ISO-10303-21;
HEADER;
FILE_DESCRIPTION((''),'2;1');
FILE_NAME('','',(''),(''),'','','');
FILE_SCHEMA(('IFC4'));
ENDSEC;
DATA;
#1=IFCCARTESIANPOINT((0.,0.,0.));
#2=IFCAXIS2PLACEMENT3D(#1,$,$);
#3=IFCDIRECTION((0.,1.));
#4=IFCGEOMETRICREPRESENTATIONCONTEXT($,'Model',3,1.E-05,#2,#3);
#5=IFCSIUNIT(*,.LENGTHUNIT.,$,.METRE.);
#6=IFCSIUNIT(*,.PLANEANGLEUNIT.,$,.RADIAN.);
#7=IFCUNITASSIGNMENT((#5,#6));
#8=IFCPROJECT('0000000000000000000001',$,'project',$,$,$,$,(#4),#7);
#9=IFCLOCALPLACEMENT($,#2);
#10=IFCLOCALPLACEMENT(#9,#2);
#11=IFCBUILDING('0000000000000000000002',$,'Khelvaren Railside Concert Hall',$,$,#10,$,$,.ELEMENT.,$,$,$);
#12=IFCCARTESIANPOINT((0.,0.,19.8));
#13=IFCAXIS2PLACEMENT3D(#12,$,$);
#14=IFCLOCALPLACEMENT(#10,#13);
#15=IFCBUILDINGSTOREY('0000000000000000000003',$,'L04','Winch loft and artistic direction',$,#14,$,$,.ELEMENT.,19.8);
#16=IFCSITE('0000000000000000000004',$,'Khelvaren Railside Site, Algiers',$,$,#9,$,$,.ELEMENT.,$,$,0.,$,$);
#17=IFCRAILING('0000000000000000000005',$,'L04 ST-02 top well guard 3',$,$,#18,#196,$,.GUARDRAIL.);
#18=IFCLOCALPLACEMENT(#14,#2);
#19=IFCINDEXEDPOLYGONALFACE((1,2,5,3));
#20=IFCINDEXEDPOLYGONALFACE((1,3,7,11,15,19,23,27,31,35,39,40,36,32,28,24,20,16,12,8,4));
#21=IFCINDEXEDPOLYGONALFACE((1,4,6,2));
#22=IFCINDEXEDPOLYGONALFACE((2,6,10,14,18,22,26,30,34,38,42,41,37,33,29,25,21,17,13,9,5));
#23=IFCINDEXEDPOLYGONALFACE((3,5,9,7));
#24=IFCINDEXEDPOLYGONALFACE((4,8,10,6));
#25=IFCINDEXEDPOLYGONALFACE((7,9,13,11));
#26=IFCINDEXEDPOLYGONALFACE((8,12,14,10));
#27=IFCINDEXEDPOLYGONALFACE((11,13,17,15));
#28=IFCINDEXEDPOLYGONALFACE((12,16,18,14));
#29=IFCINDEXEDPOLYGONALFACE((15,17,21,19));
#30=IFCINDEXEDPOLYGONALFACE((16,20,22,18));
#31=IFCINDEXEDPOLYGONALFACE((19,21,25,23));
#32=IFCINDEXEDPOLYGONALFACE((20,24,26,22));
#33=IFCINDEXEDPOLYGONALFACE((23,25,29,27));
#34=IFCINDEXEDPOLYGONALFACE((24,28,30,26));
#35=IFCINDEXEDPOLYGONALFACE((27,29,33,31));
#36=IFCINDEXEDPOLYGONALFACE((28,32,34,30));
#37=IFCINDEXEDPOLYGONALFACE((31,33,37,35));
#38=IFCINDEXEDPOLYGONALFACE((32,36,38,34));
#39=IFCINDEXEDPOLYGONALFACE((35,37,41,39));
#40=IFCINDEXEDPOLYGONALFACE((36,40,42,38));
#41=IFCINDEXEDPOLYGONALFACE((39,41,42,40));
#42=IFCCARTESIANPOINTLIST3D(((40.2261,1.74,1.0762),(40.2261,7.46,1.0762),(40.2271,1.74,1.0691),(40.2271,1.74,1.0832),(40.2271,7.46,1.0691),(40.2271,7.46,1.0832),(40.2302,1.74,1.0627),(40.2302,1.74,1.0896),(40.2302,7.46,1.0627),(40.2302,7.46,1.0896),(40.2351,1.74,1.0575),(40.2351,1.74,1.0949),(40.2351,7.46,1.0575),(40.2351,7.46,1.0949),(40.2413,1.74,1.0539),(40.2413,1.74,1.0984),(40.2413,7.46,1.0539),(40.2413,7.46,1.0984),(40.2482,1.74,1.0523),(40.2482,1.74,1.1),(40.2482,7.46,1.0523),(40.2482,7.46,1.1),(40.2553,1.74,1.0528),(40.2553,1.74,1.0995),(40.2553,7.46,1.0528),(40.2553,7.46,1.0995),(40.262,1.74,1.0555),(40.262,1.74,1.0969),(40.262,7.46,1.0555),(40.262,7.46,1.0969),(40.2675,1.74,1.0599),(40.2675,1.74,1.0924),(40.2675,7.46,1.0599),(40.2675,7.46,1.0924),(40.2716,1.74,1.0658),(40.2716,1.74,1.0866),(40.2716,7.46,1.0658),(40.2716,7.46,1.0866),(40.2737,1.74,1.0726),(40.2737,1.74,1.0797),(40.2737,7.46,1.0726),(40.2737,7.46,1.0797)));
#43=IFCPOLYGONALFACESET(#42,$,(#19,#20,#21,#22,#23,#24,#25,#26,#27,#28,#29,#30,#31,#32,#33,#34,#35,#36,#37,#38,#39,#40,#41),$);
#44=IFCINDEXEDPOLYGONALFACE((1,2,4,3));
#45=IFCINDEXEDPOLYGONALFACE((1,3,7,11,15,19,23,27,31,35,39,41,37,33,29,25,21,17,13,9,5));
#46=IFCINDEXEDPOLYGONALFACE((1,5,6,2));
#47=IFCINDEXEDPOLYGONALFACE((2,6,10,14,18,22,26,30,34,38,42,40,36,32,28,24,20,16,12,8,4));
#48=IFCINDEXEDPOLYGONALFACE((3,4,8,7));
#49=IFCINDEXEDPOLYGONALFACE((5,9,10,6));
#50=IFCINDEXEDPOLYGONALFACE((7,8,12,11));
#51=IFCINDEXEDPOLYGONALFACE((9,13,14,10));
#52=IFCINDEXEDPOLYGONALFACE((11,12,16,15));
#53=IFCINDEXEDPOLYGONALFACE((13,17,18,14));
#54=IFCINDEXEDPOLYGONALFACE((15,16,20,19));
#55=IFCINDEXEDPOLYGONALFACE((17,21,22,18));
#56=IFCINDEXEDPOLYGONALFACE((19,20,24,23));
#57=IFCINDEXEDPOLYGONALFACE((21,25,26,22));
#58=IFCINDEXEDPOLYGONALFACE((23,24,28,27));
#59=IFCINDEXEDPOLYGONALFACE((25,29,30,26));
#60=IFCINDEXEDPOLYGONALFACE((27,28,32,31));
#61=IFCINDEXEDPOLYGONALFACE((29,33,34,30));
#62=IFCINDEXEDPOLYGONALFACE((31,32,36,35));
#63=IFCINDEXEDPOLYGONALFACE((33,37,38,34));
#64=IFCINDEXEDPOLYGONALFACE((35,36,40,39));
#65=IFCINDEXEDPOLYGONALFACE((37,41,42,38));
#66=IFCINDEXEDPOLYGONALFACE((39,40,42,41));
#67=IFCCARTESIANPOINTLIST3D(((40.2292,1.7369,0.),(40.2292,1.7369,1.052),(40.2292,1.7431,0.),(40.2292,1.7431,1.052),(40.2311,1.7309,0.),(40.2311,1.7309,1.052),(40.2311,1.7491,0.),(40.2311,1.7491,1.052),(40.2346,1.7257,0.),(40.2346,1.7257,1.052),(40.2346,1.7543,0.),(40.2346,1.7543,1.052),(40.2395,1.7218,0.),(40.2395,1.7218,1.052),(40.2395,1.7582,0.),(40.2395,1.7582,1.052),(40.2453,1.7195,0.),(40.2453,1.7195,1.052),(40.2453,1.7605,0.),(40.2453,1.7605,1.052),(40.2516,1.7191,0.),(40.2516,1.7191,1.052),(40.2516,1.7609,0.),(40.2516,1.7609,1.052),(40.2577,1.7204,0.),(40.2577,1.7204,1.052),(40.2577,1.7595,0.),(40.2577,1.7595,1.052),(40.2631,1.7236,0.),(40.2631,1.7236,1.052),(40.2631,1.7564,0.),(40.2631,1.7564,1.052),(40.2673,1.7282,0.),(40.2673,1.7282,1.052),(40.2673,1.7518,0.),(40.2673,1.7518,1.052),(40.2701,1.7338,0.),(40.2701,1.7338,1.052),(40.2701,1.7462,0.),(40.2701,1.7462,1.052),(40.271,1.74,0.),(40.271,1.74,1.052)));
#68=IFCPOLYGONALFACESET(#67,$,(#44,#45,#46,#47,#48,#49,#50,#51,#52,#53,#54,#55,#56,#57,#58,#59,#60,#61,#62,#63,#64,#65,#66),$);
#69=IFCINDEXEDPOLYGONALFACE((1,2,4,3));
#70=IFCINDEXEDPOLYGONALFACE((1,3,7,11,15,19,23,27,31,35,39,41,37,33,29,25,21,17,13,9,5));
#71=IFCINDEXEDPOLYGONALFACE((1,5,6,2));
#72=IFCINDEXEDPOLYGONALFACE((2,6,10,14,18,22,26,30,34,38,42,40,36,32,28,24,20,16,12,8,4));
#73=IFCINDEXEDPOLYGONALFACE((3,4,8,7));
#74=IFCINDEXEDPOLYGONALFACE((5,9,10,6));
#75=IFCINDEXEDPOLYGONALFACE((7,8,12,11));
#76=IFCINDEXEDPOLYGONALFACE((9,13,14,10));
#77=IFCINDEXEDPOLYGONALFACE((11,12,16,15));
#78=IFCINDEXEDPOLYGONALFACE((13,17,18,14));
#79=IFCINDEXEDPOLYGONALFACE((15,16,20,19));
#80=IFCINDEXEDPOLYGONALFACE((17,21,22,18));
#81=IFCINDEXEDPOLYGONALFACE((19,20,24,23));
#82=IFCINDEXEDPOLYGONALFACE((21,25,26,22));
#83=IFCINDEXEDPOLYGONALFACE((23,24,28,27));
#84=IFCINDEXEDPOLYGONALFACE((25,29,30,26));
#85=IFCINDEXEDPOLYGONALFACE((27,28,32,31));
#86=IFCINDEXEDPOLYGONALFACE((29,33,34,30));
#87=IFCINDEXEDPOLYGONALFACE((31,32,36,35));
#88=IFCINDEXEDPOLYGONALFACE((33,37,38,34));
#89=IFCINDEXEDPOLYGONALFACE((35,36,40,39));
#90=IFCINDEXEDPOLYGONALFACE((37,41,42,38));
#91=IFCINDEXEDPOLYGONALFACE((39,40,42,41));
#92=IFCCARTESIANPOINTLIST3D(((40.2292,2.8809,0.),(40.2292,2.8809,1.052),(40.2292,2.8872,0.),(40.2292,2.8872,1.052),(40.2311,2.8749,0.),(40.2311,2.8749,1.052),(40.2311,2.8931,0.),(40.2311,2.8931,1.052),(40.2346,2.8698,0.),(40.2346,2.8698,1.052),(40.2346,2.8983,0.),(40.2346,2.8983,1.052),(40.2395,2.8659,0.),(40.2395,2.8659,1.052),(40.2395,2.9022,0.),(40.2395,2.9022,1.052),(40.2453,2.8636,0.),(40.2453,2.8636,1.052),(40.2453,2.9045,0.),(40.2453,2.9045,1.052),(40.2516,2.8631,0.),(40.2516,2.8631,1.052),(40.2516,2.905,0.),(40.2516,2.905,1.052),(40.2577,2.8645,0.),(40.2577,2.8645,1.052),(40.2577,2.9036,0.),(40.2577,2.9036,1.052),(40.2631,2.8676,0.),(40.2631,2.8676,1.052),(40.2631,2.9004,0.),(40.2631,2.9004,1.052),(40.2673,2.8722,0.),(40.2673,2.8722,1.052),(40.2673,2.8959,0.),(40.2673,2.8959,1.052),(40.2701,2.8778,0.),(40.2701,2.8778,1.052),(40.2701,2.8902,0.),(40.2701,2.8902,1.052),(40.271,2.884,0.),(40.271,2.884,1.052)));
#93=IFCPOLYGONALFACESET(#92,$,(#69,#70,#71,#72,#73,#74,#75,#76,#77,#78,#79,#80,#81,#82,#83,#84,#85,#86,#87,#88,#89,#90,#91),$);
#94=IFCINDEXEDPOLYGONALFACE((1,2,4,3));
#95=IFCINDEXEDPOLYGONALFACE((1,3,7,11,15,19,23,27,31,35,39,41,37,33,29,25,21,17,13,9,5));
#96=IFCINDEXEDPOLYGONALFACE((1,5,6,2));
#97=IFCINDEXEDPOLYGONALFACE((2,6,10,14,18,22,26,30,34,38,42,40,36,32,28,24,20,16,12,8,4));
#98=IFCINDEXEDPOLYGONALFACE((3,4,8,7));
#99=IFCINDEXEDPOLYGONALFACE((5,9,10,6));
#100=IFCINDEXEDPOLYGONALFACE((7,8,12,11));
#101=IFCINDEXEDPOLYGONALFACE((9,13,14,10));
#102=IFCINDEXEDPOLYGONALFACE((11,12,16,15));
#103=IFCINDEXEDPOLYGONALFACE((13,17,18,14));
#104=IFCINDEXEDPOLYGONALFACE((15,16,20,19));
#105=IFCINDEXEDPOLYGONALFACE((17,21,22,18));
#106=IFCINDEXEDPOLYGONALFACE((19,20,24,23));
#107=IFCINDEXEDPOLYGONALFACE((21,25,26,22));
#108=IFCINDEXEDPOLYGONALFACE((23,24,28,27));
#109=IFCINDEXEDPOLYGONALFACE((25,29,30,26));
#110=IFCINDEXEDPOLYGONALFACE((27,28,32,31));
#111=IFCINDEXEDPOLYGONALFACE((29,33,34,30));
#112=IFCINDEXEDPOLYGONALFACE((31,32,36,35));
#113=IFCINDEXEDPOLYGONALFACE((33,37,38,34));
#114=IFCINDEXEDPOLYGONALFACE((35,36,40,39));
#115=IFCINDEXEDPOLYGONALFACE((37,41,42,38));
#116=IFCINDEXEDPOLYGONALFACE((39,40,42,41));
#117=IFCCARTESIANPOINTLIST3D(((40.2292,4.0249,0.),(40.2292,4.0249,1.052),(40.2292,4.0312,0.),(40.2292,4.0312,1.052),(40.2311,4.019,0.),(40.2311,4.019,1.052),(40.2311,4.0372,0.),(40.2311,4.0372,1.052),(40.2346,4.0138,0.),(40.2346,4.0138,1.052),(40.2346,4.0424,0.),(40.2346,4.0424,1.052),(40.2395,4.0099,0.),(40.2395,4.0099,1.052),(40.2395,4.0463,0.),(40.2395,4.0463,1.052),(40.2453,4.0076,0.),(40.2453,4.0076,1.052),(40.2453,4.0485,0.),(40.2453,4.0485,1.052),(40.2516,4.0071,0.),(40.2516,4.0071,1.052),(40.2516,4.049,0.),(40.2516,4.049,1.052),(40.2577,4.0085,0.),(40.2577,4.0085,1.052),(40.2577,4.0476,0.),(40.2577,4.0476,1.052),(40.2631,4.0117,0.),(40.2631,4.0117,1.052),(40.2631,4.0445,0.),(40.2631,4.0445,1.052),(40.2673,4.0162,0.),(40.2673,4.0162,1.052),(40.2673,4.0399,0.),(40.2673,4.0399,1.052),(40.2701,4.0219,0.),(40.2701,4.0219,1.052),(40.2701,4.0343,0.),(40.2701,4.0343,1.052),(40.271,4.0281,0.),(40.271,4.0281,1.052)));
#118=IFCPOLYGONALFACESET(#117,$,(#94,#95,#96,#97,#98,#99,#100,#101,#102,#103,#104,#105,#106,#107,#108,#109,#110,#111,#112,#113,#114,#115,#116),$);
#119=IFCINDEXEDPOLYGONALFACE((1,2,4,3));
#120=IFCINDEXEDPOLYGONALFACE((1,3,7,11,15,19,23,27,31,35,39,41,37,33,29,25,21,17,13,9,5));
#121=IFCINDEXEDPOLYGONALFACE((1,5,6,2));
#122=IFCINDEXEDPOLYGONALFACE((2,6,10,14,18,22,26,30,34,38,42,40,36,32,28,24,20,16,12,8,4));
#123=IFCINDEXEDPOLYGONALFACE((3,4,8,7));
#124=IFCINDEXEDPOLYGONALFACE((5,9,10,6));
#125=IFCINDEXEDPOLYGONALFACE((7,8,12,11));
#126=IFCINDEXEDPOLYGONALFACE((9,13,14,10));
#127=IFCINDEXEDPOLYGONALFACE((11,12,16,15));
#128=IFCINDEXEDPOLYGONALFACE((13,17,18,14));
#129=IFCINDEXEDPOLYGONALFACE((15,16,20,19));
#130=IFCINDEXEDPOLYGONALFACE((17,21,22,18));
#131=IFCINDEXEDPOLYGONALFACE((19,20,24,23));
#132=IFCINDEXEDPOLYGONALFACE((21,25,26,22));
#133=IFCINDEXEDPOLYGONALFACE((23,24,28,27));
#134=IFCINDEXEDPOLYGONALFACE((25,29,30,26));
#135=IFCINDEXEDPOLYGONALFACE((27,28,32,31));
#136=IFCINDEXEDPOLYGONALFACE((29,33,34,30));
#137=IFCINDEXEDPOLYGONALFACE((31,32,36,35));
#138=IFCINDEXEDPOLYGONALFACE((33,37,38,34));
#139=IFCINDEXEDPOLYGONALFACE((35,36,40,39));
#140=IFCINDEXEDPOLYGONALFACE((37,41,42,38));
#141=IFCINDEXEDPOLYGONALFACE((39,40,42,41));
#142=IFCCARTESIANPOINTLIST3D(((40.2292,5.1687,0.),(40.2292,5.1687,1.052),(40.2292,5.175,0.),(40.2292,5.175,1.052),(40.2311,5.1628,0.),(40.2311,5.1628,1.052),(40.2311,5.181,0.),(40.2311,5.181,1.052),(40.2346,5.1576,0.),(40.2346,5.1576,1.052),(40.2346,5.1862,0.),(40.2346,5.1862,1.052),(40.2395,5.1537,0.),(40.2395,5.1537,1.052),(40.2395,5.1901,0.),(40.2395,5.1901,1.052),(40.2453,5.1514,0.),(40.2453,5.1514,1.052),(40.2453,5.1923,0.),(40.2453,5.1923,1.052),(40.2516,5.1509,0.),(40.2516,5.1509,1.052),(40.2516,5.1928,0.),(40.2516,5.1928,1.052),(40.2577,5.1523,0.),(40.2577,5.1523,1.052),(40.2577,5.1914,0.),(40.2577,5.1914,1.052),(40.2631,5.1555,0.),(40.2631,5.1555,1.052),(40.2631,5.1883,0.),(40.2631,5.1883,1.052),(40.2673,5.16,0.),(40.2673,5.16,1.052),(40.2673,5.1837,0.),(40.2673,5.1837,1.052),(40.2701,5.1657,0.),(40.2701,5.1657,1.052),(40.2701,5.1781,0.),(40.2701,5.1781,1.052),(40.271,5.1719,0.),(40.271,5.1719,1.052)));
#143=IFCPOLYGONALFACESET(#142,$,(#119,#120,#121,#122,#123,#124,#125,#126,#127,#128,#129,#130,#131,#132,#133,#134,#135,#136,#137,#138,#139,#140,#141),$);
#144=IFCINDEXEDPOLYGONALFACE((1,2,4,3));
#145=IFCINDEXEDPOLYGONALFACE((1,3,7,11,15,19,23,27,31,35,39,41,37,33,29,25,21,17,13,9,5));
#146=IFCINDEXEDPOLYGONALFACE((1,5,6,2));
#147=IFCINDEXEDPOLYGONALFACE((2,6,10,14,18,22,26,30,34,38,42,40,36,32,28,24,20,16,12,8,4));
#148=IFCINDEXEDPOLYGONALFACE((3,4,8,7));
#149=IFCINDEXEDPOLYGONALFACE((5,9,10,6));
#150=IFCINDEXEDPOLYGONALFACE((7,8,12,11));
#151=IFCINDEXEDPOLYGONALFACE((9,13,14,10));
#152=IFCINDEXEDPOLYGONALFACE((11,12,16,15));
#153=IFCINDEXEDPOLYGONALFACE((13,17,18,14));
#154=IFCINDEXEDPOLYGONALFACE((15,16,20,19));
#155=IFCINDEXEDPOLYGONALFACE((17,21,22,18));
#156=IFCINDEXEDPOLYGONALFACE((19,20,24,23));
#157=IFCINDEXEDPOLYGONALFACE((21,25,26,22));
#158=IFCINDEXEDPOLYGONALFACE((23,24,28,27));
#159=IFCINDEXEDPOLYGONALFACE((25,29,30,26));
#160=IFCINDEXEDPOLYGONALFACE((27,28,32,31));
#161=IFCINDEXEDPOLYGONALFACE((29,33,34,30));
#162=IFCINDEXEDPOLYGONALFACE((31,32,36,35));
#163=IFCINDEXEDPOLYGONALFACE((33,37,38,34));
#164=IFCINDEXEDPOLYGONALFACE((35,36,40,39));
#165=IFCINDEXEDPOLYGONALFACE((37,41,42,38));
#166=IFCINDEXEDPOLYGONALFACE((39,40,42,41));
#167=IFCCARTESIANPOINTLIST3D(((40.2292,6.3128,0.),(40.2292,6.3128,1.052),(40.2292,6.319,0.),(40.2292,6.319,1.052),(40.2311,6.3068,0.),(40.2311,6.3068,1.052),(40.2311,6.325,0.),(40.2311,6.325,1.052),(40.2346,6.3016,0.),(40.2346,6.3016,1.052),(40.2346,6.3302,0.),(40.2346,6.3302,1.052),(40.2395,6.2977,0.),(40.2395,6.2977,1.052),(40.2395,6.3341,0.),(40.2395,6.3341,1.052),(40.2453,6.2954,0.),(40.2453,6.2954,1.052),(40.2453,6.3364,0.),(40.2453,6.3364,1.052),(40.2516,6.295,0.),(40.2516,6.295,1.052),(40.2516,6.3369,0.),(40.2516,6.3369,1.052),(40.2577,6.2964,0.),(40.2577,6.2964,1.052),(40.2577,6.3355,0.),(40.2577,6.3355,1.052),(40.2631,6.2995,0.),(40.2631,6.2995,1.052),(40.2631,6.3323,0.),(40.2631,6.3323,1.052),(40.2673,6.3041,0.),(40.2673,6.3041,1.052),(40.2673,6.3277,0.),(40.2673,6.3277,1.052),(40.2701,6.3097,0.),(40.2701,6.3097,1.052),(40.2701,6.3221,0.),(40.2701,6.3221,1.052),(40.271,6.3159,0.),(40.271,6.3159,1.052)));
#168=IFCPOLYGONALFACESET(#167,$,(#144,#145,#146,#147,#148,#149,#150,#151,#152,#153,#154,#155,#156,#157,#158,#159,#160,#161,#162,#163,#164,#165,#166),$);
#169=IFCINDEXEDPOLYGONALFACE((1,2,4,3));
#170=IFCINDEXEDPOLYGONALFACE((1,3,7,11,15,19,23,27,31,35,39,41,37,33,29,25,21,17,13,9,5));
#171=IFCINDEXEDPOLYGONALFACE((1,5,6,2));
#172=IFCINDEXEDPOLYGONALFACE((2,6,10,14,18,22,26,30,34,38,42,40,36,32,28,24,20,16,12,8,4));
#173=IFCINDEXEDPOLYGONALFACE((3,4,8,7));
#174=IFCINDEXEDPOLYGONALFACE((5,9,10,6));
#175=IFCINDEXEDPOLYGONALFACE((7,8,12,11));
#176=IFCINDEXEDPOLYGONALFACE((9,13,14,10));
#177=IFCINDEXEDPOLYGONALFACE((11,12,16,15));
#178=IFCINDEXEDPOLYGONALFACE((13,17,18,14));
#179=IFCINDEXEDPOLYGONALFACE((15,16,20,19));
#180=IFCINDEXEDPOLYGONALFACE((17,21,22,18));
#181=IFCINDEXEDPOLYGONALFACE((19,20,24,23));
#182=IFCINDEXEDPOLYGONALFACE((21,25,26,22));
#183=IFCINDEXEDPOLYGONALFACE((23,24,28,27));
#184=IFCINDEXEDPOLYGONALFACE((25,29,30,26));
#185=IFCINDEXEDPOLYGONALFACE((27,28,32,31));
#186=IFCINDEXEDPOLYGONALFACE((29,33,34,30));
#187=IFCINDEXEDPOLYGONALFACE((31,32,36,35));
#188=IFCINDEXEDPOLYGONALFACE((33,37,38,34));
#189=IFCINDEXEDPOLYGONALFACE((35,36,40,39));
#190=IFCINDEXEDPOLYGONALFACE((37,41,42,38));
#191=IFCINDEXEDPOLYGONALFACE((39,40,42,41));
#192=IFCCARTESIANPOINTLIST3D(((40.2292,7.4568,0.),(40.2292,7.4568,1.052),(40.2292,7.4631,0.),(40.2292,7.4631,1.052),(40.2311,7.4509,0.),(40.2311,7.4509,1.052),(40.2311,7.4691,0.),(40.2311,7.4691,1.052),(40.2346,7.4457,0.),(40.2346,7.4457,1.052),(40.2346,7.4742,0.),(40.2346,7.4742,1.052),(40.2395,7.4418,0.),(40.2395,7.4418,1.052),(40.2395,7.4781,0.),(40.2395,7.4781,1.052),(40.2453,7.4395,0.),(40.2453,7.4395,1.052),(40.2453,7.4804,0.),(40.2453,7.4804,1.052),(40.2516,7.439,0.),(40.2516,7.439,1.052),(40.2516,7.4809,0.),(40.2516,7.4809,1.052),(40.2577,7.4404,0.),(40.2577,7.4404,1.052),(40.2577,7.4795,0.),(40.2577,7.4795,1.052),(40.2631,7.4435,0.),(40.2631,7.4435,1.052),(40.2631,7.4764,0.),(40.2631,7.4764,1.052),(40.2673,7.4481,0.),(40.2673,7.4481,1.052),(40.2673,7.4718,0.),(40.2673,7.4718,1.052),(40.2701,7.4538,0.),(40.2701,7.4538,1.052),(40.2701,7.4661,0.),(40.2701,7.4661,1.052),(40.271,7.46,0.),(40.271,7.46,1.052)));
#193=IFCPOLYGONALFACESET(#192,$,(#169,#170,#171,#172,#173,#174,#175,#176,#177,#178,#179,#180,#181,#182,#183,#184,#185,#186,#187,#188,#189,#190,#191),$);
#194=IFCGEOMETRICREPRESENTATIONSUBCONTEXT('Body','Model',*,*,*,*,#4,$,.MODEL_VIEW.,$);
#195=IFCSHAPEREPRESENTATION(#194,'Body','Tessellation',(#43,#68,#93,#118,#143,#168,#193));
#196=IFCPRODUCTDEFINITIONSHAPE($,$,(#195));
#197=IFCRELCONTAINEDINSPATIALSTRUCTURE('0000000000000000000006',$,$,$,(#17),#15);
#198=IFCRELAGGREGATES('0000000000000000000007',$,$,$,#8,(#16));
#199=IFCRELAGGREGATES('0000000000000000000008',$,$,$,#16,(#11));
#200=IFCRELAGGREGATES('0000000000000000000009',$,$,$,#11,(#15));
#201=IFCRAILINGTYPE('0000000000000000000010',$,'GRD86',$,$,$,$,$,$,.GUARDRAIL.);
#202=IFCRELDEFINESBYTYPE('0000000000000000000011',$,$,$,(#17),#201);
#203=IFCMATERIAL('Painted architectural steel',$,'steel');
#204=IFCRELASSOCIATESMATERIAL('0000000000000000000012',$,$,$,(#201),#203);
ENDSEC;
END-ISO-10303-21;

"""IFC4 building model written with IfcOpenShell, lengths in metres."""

from ifc_helpers import new_model, si_unit, direction, frame, origin, origin_2d, place, context, subcontext, project, spatial, circle, extrude, material, type_object, element, save


model = new_model("IFC4")

# Units and contexts
model_context = context("Model", 3, precision=1e-05, world=origin(), true_north=direction((0.0, 1.0)))
body_context = subcontext(model_context, "Body", "Model", "MODEL_VIEW")
ifc_project = project(units=[si_unit("LENGTHUNIT", "METRE"), si_unit("PLANEANGLEUNIT", "RADIAN")], contexts=[model_context])

# Site, building, storey
site_placement = place(None, origin())
site = spatial("IfcSite", under=ifc_project, at=site_placement, Name="Khelvaren Railside Site, Algiers", CompositionType="ELEMENT", RefElevation=0.0)
building_placement = place(site_placement, origin())
building = spatial("IfcBuilding", under=site, at=building_placement, Name="Khelvaren Railside Concert Hall", CompositionType="ELEMENT")
storey_placement = place(building_placement, frame((0.0, 0.0, 19.8)))
storey = spatial("IfcBuildingStorey", under=building, at=storey_placement, Name="L04", Description="Winch loft and artistic direction", CompositionType="ELEMENT", Elevation=19.8)

# Railing
ifc_material_1 = material(Name="Painted architectural steel", Category="steel")
railing_type = type_object("IfcRailingType", Name="GRD86", PredefinedType="GUARDRAIL", material=ifc_material_1)
for number, where, name in (
    (1, (40.25, 1.74, 0.0), "L04 ST-02 top well guard 3"),
):
    element("IfcRailing", number, at=place(storey_placement, frame(where)), inside=storey, type_object=railing_type, Name=name, PredefinedType="GUARDRAIL", context=body_context, shape_type="SweptSolid", body=[
        extrude(circle(Radius=0.0239, at=origin_2d()), frame((0.0, 0.0, 1.0762), z_axis=(0.0, 1.0, 0.0), x_axis=(-1.0, 0.0, 0.0)), (0.0, 0.0, 1.0), 5.72),
        extrude(circle(Radius=0.021, at=origin_2d()), origin(), (0.0, 0.0, 1.0), 1.052),
        extrude(circle(Radius=0.021, at=origin_2d()), frame((0.0, 1.144, 0.0)), (0.0, 0.0, 1.0), 1.052),
        extrude(circle(Radius=0.021, at=origin_2d()), frame((0.0, 2.2881, 0.0)), (0.0, 0.0, 1.0), 1.052),
        extrude(circle(Radius=0.021, at=origin_2d()), frame((0.0, 3.4319, 0.0)), (0.0, 0.0, 1.0), 1.052),
        extrude(circle(Radius=0.021, at=origin_2d()), frame((0.0, 4.5759, 0.0)), (0.0, 0.0, 1.0), 1.052),
        extrude(circle(Radius=0.021, at=origin_2d()), frame((0.0, 5.72, 0.0)), (0.0, 0.0, 1.0), 1.052),
    ])

save(model, "model.ifc")
